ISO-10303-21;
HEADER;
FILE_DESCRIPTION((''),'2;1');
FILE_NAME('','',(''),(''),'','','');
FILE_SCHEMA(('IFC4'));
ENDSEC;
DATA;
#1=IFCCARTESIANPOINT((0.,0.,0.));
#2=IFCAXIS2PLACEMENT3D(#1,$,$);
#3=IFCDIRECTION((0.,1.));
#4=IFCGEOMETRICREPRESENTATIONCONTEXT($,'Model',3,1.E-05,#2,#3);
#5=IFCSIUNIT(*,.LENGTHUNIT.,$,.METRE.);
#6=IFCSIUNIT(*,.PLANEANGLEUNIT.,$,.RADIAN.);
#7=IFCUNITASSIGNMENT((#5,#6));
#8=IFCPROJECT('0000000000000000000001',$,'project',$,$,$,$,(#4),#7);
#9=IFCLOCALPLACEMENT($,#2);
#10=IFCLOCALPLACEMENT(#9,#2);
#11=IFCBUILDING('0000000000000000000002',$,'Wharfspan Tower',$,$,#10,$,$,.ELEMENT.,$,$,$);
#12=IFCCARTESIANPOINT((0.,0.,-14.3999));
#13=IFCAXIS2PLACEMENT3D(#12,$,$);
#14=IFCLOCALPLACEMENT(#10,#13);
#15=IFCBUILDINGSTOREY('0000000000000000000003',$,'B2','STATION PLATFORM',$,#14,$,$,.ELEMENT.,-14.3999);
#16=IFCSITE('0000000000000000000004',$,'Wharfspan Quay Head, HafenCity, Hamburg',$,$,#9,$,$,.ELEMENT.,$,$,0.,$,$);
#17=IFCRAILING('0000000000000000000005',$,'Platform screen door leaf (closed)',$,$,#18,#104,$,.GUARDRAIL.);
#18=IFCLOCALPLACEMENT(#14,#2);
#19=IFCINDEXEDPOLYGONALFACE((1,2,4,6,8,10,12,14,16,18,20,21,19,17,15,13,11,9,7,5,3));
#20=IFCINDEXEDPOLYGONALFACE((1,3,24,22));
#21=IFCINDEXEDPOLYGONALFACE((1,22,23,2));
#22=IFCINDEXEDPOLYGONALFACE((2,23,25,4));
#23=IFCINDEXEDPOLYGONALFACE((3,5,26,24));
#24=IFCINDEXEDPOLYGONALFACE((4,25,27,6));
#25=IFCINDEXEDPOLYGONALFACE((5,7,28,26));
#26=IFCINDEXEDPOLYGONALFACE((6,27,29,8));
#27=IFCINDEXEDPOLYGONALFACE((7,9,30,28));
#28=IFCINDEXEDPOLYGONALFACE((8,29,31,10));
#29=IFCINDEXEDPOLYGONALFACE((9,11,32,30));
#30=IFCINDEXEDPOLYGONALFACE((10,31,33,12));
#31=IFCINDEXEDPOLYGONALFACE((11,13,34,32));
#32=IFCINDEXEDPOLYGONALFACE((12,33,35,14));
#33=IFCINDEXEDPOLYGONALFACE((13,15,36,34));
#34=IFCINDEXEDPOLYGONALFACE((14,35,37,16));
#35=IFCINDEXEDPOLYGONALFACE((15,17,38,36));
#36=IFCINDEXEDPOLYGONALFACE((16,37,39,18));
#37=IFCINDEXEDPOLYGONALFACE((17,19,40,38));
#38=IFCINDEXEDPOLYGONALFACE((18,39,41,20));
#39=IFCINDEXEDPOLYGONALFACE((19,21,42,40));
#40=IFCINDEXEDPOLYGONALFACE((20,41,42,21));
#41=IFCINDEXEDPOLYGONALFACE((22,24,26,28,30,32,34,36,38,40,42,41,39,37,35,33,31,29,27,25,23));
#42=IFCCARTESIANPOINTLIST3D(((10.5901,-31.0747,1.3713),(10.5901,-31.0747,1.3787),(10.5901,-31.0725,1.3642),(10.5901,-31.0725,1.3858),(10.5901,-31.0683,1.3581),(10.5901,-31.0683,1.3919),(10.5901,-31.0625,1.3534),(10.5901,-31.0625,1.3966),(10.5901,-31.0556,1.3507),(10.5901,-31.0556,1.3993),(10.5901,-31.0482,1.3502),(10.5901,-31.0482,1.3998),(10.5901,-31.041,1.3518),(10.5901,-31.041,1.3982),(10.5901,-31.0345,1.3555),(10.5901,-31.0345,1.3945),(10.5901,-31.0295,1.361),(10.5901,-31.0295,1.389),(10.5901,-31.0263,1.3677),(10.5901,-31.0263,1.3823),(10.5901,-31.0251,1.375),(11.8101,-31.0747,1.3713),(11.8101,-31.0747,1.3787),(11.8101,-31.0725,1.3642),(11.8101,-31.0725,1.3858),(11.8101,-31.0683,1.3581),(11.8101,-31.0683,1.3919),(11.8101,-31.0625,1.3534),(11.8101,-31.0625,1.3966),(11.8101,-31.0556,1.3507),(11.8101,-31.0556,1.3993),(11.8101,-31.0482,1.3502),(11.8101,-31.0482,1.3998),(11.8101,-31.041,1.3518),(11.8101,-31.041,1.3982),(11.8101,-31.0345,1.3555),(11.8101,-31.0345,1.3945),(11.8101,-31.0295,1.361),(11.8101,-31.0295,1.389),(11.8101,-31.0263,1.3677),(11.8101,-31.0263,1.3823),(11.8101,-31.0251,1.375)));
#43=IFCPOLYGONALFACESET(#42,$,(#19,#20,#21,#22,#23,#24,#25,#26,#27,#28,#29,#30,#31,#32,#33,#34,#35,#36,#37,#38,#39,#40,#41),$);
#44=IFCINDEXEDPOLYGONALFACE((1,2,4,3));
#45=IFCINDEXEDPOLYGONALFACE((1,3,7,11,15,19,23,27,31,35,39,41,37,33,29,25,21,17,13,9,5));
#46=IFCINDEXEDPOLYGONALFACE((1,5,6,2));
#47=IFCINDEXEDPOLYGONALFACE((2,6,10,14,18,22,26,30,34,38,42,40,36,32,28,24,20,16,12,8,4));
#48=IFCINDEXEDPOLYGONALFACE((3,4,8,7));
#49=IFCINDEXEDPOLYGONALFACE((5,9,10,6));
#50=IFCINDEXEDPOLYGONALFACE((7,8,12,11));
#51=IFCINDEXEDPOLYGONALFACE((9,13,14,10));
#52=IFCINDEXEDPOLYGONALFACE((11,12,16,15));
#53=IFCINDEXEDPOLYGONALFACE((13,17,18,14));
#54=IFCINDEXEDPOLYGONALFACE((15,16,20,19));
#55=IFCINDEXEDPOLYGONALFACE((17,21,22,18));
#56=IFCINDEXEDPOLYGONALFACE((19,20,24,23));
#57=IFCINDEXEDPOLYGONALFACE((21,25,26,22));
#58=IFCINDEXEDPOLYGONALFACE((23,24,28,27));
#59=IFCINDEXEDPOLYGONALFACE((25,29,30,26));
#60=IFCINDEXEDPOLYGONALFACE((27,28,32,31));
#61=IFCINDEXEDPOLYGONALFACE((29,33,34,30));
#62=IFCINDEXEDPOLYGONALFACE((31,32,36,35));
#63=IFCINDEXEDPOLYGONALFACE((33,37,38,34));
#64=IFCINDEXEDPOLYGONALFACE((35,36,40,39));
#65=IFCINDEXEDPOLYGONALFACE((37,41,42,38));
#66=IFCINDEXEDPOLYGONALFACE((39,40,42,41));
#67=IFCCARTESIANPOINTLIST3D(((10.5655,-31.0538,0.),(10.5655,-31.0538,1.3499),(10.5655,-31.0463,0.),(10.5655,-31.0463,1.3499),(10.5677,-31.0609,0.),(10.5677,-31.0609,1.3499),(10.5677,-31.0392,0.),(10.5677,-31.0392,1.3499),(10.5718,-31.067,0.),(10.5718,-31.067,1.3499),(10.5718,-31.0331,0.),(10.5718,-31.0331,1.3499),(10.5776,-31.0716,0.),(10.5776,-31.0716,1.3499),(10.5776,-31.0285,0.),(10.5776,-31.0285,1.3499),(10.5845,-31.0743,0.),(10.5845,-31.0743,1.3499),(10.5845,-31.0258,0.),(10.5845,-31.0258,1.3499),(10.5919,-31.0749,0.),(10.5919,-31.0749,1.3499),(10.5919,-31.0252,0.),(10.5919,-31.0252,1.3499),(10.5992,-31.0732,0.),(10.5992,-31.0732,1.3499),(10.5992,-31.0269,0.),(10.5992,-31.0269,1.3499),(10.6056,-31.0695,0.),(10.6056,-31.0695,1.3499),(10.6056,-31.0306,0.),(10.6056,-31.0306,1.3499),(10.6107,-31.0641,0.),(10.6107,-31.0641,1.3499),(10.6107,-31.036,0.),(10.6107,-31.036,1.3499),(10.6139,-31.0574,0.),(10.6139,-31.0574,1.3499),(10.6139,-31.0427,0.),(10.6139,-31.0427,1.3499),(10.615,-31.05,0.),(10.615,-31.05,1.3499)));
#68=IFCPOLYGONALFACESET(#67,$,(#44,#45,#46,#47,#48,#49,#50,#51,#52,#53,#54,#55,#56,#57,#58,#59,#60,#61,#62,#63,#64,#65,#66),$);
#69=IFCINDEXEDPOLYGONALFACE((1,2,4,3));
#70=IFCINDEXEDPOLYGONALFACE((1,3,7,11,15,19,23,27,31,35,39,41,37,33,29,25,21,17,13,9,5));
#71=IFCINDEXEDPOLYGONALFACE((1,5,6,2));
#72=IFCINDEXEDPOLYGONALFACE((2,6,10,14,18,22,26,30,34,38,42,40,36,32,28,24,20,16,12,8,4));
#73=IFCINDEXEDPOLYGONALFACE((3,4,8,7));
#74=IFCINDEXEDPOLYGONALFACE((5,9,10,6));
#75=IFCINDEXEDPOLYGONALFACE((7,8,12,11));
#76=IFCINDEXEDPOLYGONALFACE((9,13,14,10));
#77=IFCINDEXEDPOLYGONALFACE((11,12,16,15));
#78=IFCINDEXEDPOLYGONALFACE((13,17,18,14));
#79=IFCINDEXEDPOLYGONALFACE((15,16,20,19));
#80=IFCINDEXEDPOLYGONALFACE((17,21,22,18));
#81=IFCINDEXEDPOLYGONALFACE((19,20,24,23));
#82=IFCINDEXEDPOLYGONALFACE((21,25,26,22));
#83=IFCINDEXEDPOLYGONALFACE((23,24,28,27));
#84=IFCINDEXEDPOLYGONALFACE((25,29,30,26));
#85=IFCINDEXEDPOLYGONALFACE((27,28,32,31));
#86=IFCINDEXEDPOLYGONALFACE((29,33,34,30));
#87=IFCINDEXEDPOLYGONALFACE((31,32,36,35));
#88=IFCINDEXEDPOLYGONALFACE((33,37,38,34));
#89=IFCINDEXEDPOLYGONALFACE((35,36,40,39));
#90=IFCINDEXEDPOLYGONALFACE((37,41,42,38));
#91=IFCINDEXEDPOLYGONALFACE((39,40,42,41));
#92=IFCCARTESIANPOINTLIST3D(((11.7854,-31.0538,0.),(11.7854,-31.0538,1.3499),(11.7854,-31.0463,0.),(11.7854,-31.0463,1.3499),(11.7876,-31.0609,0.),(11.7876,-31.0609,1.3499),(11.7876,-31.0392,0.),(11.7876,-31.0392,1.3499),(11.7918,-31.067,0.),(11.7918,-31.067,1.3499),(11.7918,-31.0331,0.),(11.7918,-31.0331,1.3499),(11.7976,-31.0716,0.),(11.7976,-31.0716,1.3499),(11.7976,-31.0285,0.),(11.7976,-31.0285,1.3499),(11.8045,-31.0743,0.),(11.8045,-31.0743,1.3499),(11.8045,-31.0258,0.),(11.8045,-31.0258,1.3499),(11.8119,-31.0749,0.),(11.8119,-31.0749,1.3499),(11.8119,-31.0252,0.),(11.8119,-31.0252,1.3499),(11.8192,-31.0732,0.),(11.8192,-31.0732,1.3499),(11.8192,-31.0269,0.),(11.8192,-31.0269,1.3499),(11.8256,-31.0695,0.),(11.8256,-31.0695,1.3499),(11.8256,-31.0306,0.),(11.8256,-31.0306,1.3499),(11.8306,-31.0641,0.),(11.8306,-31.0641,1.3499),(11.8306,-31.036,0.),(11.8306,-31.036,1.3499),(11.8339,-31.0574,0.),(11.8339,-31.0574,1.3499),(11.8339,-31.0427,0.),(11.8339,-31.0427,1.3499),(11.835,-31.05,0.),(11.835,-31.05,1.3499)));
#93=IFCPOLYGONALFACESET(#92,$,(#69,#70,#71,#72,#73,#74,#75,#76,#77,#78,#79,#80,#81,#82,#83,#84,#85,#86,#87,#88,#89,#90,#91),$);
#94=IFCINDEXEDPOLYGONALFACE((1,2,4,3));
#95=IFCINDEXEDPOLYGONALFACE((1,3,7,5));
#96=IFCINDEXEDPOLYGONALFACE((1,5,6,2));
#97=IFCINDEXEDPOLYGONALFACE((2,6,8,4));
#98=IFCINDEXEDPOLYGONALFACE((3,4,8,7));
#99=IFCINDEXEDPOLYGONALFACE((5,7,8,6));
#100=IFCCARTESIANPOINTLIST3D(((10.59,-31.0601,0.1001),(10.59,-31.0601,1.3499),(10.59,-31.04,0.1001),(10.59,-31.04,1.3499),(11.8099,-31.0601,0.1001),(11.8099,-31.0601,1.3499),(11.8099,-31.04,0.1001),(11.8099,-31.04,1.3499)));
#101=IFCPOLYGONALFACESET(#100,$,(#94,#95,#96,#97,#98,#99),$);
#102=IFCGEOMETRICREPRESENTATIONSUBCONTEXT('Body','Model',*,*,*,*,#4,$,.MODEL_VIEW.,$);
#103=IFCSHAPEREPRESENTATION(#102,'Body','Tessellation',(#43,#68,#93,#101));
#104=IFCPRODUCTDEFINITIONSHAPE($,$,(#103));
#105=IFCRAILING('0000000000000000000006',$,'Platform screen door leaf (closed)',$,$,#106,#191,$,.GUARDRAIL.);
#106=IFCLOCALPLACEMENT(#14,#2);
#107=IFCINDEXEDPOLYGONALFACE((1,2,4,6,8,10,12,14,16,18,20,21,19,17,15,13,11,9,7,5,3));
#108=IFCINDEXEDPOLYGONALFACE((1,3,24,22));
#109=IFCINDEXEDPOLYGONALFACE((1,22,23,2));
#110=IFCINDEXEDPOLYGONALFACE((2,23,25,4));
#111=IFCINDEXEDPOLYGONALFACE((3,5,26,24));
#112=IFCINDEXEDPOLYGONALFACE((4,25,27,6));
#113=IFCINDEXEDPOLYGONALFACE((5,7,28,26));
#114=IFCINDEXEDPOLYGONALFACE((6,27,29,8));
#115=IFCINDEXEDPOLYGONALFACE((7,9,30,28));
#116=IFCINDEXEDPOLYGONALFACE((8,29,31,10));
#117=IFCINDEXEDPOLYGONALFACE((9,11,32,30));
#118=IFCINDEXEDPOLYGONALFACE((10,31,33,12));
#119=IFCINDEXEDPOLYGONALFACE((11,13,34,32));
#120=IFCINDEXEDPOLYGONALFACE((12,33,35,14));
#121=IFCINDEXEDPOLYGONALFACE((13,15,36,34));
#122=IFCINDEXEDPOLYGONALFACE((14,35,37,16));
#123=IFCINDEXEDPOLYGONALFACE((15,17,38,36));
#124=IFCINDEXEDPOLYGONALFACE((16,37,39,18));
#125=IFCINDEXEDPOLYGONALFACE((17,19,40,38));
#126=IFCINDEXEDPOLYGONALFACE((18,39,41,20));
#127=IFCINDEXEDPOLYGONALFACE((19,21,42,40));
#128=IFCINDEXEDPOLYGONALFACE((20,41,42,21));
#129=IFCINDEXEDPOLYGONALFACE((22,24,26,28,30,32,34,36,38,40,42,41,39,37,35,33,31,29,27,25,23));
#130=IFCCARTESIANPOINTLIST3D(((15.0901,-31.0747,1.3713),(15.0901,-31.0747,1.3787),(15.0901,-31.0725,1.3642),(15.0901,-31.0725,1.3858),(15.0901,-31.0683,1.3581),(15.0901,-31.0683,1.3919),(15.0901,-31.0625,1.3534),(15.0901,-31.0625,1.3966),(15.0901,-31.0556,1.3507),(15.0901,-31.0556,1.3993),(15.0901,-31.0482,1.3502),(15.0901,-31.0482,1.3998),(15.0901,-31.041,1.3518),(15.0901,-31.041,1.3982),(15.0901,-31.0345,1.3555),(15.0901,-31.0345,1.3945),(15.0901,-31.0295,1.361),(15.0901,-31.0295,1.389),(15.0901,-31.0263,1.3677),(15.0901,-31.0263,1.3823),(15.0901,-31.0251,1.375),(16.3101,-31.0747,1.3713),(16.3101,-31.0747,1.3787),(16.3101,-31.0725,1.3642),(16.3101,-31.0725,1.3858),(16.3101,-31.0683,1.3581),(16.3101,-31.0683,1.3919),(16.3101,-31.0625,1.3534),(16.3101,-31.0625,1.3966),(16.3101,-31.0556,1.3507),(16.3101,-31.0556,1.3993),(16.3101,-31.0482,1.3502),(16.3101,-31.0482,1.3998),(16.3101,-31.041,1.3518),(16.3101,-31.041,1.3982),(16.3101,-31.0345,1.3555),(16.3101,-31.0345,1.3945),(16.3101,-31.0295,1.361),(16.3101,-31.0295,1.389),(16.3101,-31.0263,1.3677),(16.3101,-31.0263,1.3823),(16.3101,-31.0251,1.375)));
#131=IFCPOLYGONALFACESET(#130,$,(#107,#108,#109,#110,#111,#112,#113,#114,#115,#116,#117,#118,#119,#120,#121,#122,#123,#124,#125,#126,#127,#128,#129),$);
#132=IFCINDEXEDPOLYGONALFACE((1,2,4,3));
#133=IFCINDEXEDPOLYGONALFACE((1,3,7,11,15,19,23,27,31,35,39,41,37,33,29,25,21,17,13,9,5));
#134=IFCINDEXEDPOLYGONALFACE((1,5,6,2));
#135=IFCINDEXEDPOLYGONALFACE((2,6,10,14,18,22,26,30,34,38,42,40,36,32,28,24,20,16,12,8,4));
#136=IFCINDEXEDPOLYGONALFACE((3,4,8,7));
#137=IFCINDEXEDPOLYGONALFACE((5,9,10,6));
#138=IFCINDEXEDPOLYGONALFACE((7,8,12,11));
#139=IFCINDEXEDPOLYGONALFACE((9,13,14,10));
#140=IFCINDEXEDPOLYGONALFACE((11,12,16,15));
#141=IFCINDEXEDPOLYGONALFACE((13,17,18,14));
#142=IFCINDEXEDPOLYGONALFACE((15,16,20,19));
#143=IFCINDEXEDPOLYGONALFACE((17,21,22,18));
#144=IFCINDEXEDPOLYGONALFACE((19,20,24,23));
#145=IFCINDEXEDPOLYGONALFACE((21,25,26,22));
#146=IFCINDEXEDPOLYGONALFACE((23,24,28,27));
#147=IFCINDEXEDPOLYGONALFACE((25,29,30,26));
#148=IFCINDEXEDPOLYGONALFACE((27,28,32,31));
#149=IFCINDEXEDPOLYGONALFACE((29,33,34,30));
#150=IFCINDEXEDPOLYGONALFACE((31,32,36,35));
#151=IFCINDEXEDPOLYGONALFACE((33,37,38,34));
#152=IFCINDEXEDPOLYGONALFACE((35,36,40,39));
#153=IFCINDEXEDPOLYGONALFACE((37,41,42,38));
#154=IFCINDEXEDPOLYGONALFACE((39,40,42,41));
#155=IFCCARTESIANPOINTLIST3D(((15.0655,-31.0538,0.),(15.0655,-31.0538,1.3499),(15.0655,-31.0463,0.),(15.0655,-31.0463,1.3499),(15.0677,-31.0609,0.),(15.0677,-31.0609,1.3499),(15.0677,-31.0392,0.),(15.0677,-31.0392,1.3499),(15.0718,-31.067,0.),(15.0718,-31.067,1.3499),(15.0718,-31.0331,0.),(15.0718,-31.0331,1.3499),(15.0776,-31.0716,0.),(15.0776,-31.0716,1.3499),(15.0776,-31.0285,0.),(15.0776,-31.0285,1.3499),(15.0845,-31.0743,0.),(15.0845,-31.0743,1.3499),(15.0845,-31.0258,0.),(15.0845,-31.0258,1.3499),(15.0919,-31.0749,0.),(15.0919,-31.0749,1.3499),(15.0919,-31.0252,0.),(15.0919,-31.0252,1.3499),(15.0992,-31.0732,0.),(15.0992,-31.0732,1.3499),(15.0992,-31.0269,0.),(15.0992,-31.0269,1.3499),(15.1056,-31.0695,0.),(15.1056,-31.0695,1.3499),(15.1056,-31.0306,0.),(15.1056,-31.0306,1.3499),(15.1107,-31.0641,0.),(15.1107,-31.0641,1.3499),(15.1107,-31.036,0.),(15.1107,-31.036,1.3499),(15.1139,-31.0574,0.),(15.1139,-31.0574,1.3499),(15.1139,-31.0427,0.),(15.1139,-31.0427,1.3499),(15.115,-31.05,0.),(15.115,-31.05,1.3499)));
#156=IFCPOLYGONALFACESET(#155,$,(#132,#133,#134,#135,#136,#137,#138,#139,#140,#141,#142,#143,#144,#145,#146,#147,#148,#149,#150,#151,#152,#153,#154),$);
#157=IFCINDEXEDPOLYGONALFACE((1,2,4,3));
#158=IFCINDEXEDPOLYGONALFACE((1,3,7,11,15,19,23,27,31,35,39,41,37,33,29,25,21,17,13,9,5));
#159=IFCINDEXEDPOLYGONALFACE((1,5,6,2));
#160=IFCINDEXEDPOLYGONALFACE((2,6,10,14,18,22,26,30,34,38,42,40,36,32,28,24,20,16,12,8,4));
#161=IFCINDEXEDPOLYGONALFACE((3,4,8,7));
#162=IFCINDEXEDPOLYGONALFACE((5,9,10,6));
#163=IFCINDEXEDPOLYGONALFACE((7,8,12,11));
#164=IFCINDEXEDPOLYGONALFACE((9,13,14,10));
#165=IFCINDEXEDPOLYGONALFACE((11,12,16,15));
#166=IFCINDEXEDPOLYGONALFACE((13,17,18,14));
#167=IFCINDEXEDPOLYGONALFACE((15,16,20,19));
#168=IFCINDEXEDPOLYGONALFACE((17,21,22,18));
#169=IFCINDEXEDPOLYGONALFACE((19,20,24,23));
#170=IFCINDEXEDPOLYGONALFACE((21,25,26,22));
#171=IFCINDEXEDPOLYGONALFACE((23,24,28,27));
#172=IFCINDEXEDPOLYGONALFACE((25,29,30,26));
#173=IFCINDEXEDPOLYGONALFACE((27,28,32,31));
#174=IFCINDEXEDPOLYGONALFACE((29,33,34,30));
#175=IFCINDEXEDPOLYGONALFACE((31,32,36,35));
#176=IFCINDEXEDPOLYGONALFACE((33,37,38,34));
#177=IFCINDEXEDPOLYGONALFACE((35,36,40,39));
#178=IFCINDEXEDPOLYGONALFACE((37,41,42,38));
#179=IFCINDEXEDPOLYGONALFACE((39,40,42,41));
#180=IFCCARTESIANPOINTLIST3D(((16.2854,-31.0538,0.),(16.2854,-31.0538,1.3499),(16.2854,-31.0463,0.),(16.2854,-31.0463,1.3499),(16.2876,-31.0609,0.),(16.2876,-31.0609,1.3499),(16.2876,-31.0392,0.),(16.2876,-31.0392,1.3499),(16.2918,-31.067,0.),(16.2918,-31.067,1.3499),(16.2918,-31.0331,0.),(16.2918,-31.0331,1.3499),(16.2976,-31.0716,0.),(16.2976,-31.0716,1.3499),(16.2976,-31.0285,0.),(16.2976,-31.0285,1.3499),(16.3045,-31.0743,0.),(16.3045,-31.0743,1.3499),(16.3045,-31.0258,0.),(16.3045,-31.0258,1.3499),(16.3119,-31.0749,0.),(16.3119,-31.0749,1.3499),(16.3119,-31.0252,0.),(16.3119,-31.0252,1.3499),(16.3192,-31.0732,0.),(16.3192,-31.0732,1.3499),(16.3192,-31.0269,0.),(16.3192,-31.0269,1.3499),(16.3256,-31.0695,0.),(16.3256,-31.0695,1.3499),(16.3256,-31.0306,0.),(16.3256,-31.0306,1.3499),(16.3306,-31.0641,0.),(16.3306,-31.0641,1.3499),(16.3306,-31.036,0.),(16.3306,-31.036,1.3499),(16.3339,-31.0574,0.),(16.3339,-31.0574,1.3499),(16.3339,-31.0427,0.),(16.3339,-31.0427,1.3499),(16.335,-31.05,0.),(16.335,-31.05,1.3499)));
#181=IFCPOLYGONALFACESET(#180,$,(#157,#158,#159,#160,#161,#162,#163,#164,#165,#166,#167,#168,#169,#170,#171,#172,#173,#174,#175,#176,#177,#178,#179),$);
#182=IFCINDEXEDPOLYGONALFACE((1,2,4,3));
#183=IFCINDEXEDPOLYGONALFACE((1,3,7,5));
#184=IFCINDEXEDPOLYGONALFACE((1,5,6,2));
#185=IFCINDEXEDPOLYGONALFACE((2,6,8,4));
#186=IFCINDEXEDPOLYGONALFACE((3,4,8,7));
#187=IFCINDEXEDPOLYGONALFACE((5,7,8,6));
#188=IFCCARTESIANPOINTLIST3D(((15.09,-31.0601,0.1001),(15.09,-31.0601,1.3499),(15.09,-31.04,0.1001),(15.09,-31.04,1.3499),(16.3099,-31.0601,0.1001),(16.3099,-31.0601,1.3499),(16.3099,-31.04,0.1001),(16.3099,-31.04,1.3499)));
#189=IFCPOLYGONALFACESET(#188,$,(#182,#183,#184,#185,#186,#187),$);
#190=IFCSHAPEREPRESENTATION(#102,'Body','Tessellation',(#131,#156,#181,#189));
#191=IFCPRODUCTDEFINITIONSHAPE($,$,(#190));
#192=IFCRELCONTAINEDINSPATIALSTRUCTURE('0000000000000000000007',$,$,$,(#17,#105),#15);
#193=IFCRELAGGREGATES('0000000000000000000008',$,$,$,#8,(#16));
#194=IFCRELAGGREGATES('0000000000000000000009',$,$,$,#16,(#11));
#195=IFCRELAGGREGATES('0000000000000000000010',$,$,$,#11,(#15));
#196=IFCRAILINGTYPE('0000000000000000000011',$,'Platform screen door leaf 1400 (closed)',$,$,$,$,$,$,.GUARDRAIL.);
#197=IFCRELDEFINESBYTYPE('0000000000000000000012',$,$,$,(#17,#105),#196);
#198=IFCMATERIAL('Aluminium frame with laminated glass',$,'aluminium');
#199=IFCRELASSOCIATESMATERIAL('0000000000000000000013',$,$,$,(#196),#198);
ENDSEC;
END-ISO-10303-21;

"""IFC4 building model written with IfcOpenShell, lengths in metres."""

from ifc_helpers import new_model, si_unit, direction, frame, origin, origin_2d, place, context, subcontext, project, spatial, rectangle, circle, extrude, material, type_object, element, save


model = new_model("IFC4")

# Units and contexts
model_context = context("Model", 3, precision=1e-05, world=origin(), true_north=direction((0.0, 1.0)))
body_context = subcontext(model_context, "Body", "Model", "MODEL_VIEW")
ifc_project = project(units=[si_unit("LENGTHUNIT", "METRE"), si_unit("PLANEANGLEUNIT", "RADIAN")], contexts=[model_context])

# Site, building, storey
site_placement = place(None, origin())
site = spatial("IfcSite", under=ifc_project, at=site_placement, Name="Wharfspan Quay Head, HafenCity, Hamburg", CompositionType="ELEMENT", RefElevation=0.0)
building_placement = place(site_placement, origin())
building = spatial("IfcBuilding", under=site, at=building_placement, Name="Wharfspan Tower", CompositionType="ELEMENT")
storey_placement = place(building_placement, frame((0.0, 0.0, -14.3999)))
storey = spatial("IfcBuildingStorey", under=building, at=storey_placement, Name="B2", Description="STATION PLATFORM", CompositionType="ELEMENT", Elevation=-14.3999)

# Railings
ifc_material_1 = material(Name="Aluminium frame with laminated glass", Category="aluminium")
railing_type_1 = type_object("IfcRailingType", Name="Platform screen door leaf 1400 (closed)", PredefinedType="GUARDRAIL", material=ifc_material_1)
for number, where, name in (
    (1, (10.5901, -31.05, 0.0), "Platform screen door leaf (closed)"),
    (2, (15.0901, -31.05, 0.0), "Platform screen door leaf (closed)"),
):
    element("IfcRailing", number, at=place(storey_placement, frame(where)), inside=storey, type_object=railing_type_1, Name=name, PredefinedType="GUARDRAIL", context=body_context, shape_type="SweptSolid", body=[
        extrude(circle(Radius=0.0249, at=origin_2d()), frame((0.0, 0.0, 1.375), z_axis=(1.0, 0.0, 0.0), x_axis=(0.0, 1.0, 0.0)), (0.0, 0.0, 1.0), 1.22),
        extrude(circle(Radius=0.0249, at=origin_2d()), origin(), (0.0, 0.0, 1.0), 1.3499),
        extrude(circle(Radius=0.0249, at=origin_2d()), frame((1.22, 0.0, 0.0)), (0.0, 0.0, 1.0), 1.3499),
        extrude(rectangle(XDim=1.22, YDim=0.02, at=origin_2d()), frame((0.6099, 0.0, 0.1001), z_axis=(0.0, 0.0, 1.0), x_axis=(1.0, 0.0, 0.0)), (0.0, 0.0, 1.0), 1.2498),
    ])

save(model, "model.ifc")
